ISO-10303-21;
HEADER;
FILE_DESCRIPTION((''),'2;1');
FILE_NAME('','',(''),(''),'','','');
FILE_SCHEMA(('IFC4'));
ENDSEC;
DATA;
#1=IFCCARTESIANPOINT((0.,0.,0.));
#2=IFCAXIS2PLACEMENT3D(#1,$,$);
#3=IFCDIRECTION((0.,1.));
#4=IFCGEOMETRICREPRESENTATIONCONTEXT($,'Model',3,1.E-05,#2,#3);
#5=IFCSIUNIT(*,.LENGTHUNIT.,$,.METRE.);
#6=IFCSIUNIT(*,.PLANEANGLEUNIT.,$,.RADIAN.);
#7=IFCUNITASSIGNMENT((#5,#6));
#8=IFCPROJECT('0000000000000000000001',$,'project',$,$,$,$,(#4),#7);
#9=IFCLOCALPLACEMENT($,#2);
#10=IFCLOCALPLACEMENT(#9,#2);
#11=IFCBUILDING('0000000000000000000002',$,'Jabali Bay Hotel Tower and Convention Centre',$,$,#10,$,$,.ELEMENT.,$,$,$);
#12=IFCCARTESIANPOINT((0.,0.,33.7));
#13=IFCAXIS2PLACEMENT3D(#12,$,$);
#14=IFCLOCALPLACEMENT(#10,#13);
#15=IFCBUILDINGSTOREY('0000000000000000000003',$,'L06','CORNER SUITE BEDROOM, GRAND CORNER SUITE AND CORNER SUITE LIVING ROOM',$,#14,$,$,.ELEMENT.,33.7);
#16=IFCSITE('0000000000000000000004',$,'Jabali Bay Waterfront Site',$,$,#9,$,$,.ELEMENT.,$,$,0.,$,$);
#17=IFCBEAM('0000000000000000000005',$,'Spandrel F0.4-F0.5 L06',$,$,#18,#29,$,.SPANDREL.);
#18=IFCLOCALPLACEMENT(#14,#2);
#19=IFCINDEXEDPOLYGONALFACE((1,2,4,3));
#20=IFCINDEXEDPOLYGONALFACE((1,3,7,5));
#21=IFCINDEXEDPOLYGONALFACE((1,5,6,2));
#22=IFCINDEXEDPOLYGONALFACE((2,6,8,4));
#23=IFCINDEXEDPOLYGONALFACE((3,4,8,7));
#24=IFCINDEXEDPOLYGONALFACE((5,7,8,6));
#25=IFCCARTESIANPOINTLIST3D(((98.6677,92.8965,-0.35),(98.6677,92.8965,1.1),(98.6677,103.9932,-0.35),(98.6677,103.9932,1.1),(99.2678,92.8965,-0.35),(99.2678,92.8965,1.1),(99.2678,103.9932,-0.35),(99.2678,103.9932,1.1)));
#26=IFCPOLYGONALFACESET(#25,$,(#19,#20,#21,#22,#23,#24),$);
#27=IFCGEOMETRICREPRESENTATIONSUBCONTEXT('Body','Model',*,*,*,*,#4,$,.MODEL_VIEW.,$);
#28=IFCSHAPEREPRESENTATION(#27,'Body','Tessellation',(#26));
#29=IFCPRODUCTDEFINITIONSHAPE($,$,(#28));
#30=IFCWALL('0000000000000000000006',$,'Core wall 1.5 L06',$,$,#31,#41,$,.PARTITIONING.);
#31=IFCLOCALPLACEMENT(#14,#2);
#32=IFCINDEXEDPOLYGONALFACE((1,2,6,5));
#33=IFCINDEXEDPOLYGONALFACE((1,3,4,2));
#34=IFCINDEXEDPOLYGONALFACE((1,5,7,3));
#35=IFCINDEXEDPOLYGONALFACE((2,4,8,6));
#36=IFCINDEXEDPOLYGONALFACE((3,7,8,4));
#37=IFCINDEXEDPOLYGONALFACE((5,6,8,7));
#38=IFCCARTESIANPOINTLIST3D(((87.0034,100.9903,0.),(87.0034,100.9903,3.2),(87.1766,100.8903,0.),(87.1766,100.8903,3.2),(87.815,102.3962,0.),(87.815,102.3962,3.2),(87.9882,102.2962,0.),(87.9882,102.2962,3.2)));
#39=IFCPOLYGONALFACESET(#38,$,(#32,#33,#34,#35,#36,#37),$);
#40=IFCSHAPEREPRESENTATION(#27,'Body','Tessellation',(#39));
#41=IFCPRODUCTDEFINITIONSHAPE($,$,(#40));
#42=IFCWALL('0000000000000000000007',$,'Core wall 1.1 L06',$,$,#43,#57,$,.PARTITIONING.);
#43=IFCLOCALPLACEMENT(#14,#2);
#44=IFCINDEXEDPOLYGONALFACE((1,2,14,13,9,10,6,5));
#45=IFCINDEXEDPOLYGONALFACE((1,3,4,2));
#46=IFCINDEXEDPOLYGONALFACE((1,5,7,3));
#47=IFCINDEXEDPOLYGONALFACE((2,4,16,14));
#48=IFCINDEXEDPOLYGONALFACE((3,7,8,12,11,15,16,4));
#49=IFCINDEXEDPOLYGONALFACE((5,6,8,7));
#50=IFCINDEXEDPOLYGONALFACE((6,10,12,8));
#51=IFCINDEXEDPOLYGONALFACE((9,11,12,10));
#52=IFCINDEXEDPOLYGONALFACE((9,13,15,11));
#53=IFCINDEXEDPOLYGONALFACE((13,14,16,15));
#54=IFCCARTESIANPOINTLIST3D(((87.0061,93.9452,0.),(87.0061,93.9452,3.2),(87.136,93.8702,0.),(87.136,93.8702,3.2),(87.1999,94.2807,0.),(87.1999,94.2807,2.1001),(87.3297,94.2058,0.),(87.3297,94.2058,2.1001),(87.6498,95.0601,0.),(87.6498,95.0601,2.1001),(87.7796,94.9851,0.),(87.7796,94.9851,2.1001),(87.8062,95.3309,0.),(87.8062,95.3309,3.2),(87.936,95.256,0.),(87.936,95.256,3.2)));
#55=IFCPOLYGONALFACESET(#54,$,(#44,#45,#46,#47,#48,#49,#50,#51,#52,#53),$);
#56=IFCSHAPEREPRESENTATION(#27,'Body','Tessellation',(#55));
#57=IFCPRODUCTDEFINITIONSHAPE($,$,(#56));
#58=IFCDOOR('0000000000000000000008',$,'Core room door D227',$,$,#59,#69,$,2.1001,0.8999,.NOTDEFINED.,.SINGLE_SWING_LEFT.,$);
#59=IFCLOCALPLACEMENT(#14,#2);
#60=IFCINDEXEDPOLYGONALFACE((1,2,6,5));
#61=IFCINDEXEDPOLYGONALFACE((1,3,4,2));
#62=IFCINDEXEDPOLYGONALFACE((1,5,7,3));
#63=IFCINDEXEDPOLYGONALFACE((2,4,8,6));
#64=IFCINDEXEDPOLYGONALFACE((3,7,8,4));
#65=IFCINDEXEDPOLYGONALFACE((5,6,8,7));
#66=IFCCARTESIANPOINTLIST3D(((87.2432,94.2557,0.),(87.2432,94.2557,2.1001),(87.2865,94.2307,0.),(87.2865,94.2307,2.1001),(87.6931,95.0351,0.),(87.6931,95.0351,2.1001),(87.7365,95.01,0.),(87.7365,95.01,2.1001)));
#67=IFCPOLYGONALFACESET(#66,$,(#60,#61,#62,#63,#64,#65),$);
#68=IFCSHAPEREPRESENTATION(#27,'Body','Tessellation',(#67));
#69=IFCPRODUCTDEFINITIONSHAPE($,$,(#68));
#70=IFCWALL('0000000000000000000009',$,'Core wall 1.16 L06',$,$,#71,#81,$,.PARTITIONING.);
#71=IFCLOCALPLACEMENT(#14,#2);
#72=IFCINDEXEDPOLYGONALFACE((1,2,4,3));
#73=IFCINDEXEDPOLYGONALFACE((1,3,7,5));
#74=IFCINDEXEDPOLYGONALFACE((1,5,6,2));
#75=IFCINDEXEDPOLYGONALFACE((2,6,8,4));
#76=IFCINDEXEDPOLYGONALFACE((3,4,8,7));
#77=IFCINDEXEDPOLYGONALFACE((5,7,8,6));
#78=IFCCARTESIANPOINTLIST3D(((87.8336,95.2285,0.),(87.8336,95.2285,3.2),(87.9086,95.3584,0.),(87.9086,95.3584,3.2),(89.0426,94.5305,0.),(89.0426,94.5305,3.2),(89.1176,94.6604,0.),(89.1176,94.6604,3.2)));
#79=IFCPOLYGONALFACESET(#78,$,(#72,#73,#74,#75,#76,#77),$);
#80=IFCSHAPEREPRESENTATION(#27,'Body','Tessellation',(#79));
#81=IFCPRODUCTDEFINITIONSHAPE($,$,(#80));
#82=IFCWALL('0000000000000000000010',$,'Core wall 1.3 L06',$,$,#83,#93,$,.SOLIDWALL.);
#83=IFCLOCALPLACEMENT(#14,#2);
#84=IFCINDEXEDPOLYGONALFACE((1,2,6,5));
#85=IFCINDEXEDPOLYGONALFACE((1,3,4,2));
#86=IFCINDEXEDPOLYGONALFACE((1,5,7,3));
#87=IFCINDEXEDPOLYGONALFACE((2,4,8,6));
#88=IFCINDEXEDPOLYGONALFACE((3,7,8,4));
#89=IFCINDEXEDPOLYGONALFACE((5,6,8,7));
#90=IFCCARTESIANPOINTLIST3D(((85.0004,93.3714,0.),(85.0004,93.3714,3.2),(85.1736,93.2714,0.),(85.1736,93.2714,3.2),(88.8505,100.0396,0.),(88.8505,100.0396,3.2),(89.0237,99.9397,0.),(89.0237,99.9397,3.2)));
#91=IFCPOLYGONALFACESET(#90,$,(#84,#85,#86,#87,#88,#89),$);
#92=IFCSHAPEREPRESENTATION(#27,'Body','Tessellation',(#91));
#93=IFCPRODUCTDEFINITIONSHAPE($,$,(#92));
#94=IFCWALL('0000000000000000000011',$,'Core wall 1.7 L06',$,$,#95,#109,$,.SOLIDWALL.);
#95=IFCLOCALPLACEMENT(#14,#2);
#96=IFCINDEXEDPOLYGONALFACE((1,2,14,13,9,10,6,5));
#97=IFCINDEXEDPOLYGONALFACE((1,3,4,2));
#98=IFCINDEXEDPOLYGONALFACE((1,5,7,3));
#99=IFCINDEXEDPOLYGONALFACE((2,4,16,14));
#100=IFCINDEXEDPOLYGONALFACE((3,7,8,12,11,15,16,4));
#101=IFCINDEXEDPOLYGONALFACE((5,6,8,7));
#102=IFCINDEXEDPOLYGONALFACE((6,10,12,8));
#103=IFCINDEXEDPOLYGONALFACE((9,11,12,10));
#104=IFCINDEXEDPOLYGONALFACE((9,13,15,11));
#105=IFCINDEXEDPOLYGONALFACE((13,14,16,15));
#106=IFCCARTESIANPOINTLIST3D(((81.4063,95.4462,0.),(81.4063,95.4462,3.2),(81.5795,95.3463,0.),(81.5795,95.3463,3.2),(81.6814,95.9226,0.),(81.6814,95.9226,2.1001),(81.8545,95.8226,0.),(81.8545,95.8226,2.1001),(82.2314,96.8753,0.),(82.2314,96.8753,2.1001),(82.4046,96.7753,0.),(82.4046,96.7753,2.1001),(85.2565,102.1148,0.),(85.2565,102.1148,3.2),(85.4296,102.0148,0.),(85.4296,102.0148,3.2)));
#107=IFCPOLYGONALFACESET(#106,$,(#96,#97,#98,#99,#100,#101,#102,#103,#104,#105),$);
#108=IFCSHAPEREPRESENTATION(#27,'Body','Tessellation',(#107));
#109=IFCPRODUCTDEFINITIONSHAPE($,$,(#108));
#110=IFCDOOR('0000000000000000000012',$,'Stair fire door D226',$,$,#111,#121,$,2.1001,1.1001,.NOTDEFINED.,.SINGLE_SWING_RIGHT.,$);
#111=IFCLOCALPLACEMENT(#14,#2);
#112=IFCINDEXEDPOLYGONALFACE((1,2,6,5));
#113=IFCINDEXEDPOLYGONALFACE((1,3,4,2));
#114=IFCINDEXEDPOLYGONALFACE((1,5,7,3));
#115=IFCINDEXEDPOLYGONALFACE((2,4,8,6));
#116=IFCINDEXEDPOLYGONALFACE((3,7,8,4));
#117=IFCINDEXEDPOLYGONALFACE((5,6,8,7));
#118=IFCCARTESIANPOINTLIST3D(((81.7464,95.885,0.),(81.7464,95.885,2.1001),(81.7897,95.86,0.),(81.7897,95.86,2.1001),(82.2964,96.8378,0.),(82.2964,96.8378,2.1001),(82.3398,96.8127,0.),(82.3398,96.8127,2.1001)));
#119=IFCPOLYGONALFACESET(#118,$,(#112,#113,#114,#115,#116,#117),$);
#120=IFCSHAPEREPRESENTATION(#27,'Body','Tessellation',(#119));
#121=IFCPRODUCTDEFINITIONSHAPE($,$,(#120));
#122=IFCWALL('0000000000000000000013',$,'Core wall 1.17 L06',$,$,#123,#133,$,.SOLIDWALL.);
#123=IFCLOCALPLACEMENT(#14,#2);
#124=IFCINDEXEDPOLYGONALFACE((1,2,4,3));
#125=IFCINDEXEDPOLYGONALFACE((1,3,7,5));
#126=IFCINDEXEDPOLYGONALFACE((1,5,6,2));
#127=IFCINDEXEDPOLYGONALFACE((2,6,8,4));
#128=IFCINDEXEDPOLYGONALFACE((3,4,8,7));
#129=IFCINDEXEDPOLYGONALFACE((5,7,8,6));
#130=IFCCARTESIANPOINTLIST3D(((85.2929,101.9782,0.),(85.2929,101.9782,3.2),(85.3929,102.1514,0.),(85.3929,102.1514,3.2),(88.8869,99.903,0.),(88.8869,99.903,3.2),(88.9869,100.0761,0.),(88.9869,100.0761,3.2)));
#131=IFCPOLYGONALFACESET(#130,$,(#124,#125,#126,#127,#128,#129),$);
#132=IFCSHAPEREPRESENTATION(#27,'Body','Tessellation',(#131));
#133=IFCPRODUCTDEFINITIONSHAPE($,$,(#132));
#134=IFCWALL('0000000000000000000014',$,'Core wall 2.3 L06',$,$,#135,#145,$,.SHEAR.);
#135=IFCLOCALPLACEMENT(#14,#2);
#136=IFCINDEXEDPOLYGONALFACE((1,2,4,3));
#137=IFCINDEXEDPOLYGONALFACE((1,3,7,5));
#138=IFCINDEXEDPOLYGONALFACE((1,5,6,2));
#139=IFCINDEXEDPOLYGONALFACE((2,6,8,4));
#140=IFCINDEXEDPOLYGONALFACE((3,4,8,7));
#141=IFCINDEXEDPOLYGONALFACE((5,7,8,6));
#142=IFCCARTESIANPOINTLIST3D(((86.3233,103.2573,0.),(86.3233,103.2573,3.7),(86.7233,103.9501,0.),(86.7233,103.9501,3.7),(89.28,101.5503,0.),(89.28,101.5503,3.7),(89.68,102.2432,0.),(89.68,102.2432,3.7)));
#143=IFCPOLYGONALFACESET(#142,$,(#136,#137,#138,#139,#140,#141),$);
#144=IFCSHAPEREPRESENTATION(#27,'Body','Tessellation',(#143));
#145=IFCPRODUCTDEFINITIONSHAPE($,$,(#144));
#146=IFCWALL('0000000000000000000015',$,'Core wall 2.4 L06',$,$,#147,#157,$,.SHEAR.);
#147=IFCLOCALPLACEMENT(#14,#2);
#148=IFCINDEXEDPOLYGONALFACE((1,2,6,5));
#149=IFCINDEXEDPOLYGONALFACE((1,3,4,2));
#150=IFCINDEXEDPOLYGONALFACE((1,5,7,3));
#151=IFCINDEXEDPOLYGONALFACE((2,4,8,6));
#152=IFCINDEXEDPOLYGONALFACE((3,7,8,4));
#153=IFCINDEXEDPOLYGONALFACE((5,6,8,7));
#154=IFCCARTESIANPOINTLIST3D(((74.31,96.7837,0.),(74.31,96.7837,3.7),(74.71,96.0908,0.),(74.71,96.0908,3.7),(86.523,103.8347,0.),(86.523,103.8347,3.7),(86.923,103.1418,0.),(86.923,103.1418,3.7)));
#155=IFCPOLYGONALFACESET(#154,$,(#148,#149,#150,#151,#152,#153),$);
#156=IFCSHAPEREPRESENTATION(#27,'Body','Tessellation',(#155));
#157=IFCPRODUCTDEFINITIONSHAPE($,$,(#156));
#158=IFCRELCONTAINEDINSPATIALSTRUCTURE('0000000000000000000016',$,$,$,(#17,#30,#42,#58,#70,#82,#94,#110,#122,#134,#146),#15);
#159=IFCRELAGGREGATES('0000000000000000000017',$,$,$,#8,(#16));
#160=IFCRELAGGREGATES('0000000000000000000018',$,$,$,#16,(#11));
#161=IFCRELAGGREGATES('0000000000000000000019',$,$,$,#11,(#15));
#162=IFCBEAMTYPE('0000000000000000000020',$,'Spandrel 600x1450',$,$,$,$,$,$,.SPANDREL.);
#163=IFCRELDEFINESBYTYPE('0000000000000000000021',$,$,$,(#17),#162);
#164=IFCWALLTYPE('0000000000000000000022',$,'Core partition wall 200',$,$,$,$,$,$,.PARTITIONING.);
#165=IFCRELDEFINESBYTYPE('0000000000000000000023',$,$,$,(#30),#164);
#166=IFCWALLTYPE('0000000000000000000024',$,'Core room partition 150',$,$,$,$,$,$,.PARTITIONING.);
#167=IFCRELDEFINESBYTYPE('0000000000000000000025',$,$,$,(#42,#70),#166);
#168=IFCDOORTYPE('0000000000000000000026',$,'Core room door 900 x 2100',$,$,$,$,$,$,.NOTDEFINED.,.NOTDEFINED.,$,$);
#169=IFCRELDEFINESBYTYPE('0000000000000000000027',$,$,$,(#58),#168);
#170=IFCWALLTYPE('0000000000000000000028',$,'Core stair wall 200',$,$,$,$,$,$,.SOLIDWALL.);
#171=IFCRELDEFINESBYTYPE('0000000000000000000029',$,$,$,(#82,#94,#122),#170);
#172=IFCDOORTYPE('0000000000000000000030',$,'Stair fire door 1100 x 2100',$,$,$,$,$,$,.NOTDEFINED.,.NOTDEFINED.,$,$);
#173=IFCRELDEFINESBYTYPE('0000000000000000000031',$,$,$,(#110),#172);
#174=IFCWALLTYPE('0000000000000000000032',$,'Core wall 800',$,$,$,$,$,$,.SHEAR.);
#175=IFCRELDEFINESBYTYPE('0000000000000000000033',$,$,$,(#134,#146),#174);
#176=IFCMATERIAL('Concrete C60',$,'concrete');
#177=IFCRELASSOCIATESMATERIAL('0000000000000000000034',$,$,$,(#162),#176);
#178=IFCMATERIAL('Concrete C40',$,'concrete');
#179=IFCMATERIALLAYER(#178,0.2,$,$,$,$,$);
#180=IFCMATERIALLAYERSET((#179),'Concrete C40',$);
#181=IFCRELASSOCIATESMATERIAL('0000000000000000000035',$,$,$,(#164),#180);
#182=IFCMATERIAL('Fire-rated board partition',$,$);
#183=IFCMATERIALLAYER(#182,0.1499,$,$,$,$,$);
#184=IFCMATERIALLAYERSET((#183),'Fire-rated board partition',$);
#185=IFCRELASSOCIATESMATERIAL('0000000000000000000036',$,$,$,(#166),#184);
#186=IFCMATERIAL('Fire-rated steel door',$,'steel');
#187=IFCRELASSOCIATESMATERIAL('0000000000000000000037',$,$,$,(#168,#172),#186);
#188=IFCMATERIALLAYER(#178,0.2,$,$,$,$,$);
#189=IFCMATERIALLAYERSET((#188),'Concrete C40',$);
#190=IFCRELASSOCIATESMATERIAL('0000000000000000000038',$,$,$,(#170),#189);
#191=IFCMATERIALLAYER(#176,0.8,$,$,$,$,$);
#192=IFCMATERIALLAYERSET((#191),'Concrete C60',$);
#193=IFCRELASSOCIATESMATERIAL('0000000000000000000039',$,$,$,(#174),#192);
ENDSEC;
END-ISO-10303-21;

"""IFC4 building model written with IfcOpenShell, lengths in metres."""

from ifc_helpers import new_model, si_unit, direction, frame, frame_2d, origin, origin_2d, place, context, subcontext, project, spatial, rectangle, extrude, material, layer, layer_set, material_profile, profile_set, type_object, element, fill, save


model = new_model("IFC4")

# Units and contexts
model_context = context("Model", 3, precision=1e-05, world=origin(), true_north=direction((0.0, 1.0)))
body_context = subcontext(model_context, "Body", "Model", "MODEL_VIEW")
ifc_project = project(units=[si_unit("LENGTHUNIT", "METRE"), si_unit("PLANEANGLEUNIT", "RADIAN")], contexts=[model_context])

# Site, building, storey
site_placement = place(None, origin())
site = spatial("IfcSite", under=ifc_project, at=site_placement, Name="Jabali Bay Waterfront Site", CompositionType="ELEMENT", RefElevation=0.0)
building_placement = place(site_placement, origin())
building = spatial("IfcBuilding", under=site, at=building_placement, Name="Jabali Bay Hotel Tower and Convention Centre", CompositionType="ELEMENT")
storey_placement = place(building_placement, frame((0.0, 0.0, 33.7)))
storey = spatial("IfcBuildingStorey", under=building, at=storey_placement, Name="L06", Description="CORNER SUITE BEDROOM, GRAND CORNER SUITE AND CORNER SUITE LIVING ROOM", CompositionType="ELEMENT", Elevation=33.7)

# Beam
ifc_material_1 = material(Name="Concrete C60", Category="concrete")
ifc_material_profile = material_profile(ifc_material_1, rectangle(XDim=0.6001, YDim=1.45, at=origin_2d()), Name="Spandrel 600x1450")
ifc_profile_set = profile_set([ifc_material_profile], Name="Concrete C60")
beam_type = type_object("IfcBeamType", Name="Spandrel 600x1450", PredefinedType="SPANDREL", material=ifc_profile_set)
beam_placement = place(storey_placement, frame((98.9678, 92.8965, 0.375), z_axis=(0.0, 1.0, 0.0), x_axis=(-1.0, 0.0, 0.0)))
element("IfcBeam", 1, at=beam_placement, inside=storey, type_object=beam_type, Name="Spandrel F0.4-F0.5 L06", PredefinedType="SPANDREL", context=body_context, shape_type="SweptSolid", body=[
    extrude(rectangle(XDim=0.6001, YDim=1.45, at=origin_2d()), origin(), (0.0, 0.0, 1.0), 11.0967),
])

# Wall
ifc_material_2 = material(Name="Concrete C40", Category="concrete")
ifc_layer_1 = layer(ifc_material_2, 0.2)
ifc_layer_set_1 = layer_set([ifc_layer_1], Name="Concrete C40")
wall_type_1 = type_object("IfcWallType", Name="Core partition wall 200", PredefinedType="PARTITIONING", material=ifc_layer_set_1)
wall_1_placement = place(storey_placement, frame((87.0901, 100.9404, 0.0), z_axis=(0.0, 0.0, 1.0), x_axis=(0.499957, 0.86605, 0.0)))
element("IfcWall", 2, at=wall_1_placement, inside=storey, type_object=wall_type_1, Name="Core wall 1.5 L06", PredefinedType="PARTITIONING", context=body_context, shape_type="SweptSolid", body=[
    extrude(rectangle(XDim=1.6233, YDim=0.2, at=frame_2d((0.8115, 0.0))), origin(), (0.0, 0.0, 1.0), 3.2),
])

# Wall, opening, door
ifc_material_3 = material(Name="Fire-rated board partition")
ifc_layer_2 = layer(ifc_material_3, 0.1499)
ifc_layer_set_2 = layer_set([ifc_layer_2], Name="Fire-rated board partition")
wall_type_2 = type_object("IfcWallType", Name="Core room partition 150", PredefinedType="PARTITIONING", material=ifc_layer_set_2)
wall_2_placement = place(storey_placement, frame((87.071, 93.9077, 0.0), z_axis=(0.0, 0.0, 1.0), x_axis=(0.499995, 0.866028, 0.0)))
wall_2 = element("IfcWall", 3, at=wall_2_placement, inside=storey, type_object=wall_type_2, Name="Core wall 1.1 L06", PredefinedType="PARTITIONING", context=body_context, shape_type="SweptSolid", body=[
    extrude(rectangle(XDim=1.6001, YDim=0.1499, at=frame_2d((0.8, 0.0))), origin(), (0.0, 0.0, 1.0), 3.2),
])
opening_1_placement = place(wall_2_placement, frame((0.3875, 0.0, 0.0)))
opening_1 = element("IfcOpeningElement", 4, at=opening_1_placement, cuts=wall_2, PredefinedType="OPENING", context=body_context, shape_type="SweptSolid", body=[
    extrude(rectangle(XDim=0.8999, YDim=2.1001, at=frame_2d((0.45, 1.05))), frame((0.0, 0.0854, 0.0), z_axis=(0.0, -1.0, 0.0), x_axis=(1.0, 0.0, 0.0)), (0.0, 0.0, 1.0), 0.1709),
])
ifc_material_4 = material(Name="Fire-rated steel door", Category="steel")
door_type_1 = type_object("IfcDoorType", Name="Core room door 900 x 2100", OperationType="NOTDEFINED", PredefinedType="NOTDEFINED", material=ifc_material_4)
door_1_placement = place(opening_1_placement, origin())
door_1 = element("IfcDoor", 5, at=door_1_placement, inside=storey, type_object=door_type_1, Name="Core room door D227", OperationType="SINGLE_SWING_LEFT", OverallHeight=2.1001, OverallWidth=0.8999, PredefinedType="NOTDEFINED", context=body_context, shape_type="SweptSolid", body=[
    extrude(rectangle(XDim=0.8999, YDim=2.1001, at=frame_2d((0.45, 1.05))), frame((0.0, 0.0249, 0.0), z_axis=(0.0, -1.0, 0.0), x_axis=(1.0, 0.0, 0.0)), (0.0, 0.0, 1.0), 0.05),
])
fill(opening_1, door_1)

# Walls
wall_3_placement = place(storey_placement, frame((89.0801, 94.5955, 0.0), z_axis=(0.0, 0.0, 1.0), x_axis=(-0.866028, 0.499995, 0.0)))
element("IfcWall", 6, at=wall_3_placement, inside=storey, type_object=wall_type_2, Name="Core wall 1.16 L06", PredefinedType="PARTITIONING", context=body_context, shape_type="SweptSolid", body=[
    extrude(rectangle(XDim=1.396, YDim=0.1499, at=frame_2d((0.698, 0.0))), origin(), (0.0, 0.0, 1.0), 3.2),
])
ifc_layer_3 = layer(ifc_material_2, 0.2)
ifc_layer_set_3 = layer_set([ifc_layer_3], Name="Concrete C40")
wall_type_3 = type_object("IfcWallType", Name="Core stair wall 200", PredefinedType="SOLIDWALL", material=ifc_layer_set_3)
wall_4_placement = place(storey_placement, frame((85.0869, 93.3213, 0.0), z_axis=(0.0, 0.0, 1.0), x_axis=(0.50002, 0.866014, 0.0)))
element("IfcWall", 7, at=wall_4_placement, inside=storey, type_object=wall_type_3, Name="Core wall 1.3 L06", PredefinedType="SOLIDWALL", context=body_context, shape_type="SweptSolid", body=[
    extrude(rectangle(XDim=7.7, YDim=0.2, at=frame_2d((3.8501, 0.0))), origin(), (0.0, 0.0, 1.0), 3.2),
])

# Wall, opening, door
wall_5_placement = place(storey_placement, frame((81.4929, 95.3962, 0.0), z_axis=(0.0, 0.0, 1.0), x_axis=(0.500006, 0.866022, 0.0)))
wall_5 = element("IfcWall", 8, at=wall_5_placement, inside=storey, type_object=wall_type_3, Name="Core wall 1.7 L06", PredefinedType="SOLIDWALL", context=body_context, shape_type="SweptSolid", body=[
    extrude(rectangle(XDim=7.7002, YDim=0.2, at=frame_2d((3.8501, 0.0))), origin(), (0.0, 0.0, 1.0), 3.2),
])
opening_2_placement = place(wall_5_placement, frame((0.55, 0.0, 0.0)))
opening_2 = element("IfcOpeningElement", 9, at=opening_2_placement, cuts=wall_5, PredefinedType="OPENING", context=body_context, shape_type="SweptSolid", body=[
    extrude(rectangle(XDim=1.1001, YDim=2.1001, at=frame_2d((0.55, 1.05))), frame((0.0, 0.1104, 0.0), z_axis=(0.0, -1.0, 0.0), x_axis=(1.0, 0.0, 0.0)), (0.0, 0.0, 1.0), 0.2209),
])
door_type_2 = type_object("IfcDoorType", Name="Stair fire door 1100 x 2100", OperationType="NOTDEFINED", PredefinedType="NOTDEFINED", material=ifc_material_4)
door_2_placement = place(opening_2_placement, origin())
door_2 = element("IfcDoor", 10, at=door_2_placement, inside=storey, type_object=door_type_2, Name="Stair fire door D226", OperationType="SINGLE_SWING_RIGHT", OverallHeight=2.1001, OverallWidth=1.1001, PredefinedType="NOTDEFINED", context=body_context, shape_type="SweptSolid", body=[
    extrude(rectangle(XDim=1.1001, YDim=2.1001, at=frame_2d((0.55, 1.05))), frame((0.0, 0.0249, 0.0), z_axis=(0.0, -1.0, 0.0), x_axis=(1.0, 0.0, 0.0)), (0.0, 0.0, 1.0), 0.05),
])
fill(opening_2, door_2)

# Walls
wall_6_placement = place(storey_placement, frame((88.937, 99.9895, 0.0), z_axis=(0.0, 0.0, 1.0), x_axis=(-0.866004, 0.500036, 0.0)))
element("IfcWall", 11, at=wall_6_placement, inside=storey, type_object=wall_type_3, Name="Core wall 1.17 L06", PredefinedType="SOLIDWALL", context=body_context, shape_type="SweptSolid", body=[
    extrude(rectangle(XDim=4.1501, YDim=0.2, at=frame_2d((2.0752, 0.0))), origin(), (0.0, 0.0, 1.0), 3.2),
])
ifc_layer_4 = layer(ifc_material_1, 0.8)
ifc_layer_set_4 = layer_set([ifc_layer_4], Name="Concrete C60")
wall_type_4 = type_object("IfcWallType", Name="Core wall 800", PredefinedType="SHEAR", material=ifc_layer_set_4)
wall_7_placement = place(storey_placement, frame((89.48, 101.8967, 0.0), z_axis=(0.0, 0.0, 1.0), x_axis=(-0.866034, 0.499984, 0.0)))
element("IfcWall", 12, at=wall_7_placement, inside=storey, type_object=wall_type_4, Name="Core wall 2.3 L06", PredefinedType="SHEAR", context=body_context, shape_type="SweptSolid", body=[
    extrude(rectangle(XDim=3.4141, YDim=0.8, at=frame_2d((1.707, 0.0))), origin(), (0.0, 0.0, 1.0), 3.7),
])
wall_8_placement = place(storey_placement, frame((86.7231, 103.4883, 0.0), z_axis=(0.0, 0.0, 1.0), x_axis=(-0.866033, -0.499988, 0.0)))
element("IfcWall", 13, at=wall_8_placement, inside=storey, type_object=wall_type_4, Name="Core wall 2.4 L06", PredefinedType="SHEAR", context=body_context, shape_type="SweptSolid", body=[
    extrude(rectangle(XDim=14.1023, YDim=0.8, at=frame_2d((7.0513, 0.0))), origin(), (0.0, 0.0, 1.0), 3.7),
])

save(model, "model.ifc")
